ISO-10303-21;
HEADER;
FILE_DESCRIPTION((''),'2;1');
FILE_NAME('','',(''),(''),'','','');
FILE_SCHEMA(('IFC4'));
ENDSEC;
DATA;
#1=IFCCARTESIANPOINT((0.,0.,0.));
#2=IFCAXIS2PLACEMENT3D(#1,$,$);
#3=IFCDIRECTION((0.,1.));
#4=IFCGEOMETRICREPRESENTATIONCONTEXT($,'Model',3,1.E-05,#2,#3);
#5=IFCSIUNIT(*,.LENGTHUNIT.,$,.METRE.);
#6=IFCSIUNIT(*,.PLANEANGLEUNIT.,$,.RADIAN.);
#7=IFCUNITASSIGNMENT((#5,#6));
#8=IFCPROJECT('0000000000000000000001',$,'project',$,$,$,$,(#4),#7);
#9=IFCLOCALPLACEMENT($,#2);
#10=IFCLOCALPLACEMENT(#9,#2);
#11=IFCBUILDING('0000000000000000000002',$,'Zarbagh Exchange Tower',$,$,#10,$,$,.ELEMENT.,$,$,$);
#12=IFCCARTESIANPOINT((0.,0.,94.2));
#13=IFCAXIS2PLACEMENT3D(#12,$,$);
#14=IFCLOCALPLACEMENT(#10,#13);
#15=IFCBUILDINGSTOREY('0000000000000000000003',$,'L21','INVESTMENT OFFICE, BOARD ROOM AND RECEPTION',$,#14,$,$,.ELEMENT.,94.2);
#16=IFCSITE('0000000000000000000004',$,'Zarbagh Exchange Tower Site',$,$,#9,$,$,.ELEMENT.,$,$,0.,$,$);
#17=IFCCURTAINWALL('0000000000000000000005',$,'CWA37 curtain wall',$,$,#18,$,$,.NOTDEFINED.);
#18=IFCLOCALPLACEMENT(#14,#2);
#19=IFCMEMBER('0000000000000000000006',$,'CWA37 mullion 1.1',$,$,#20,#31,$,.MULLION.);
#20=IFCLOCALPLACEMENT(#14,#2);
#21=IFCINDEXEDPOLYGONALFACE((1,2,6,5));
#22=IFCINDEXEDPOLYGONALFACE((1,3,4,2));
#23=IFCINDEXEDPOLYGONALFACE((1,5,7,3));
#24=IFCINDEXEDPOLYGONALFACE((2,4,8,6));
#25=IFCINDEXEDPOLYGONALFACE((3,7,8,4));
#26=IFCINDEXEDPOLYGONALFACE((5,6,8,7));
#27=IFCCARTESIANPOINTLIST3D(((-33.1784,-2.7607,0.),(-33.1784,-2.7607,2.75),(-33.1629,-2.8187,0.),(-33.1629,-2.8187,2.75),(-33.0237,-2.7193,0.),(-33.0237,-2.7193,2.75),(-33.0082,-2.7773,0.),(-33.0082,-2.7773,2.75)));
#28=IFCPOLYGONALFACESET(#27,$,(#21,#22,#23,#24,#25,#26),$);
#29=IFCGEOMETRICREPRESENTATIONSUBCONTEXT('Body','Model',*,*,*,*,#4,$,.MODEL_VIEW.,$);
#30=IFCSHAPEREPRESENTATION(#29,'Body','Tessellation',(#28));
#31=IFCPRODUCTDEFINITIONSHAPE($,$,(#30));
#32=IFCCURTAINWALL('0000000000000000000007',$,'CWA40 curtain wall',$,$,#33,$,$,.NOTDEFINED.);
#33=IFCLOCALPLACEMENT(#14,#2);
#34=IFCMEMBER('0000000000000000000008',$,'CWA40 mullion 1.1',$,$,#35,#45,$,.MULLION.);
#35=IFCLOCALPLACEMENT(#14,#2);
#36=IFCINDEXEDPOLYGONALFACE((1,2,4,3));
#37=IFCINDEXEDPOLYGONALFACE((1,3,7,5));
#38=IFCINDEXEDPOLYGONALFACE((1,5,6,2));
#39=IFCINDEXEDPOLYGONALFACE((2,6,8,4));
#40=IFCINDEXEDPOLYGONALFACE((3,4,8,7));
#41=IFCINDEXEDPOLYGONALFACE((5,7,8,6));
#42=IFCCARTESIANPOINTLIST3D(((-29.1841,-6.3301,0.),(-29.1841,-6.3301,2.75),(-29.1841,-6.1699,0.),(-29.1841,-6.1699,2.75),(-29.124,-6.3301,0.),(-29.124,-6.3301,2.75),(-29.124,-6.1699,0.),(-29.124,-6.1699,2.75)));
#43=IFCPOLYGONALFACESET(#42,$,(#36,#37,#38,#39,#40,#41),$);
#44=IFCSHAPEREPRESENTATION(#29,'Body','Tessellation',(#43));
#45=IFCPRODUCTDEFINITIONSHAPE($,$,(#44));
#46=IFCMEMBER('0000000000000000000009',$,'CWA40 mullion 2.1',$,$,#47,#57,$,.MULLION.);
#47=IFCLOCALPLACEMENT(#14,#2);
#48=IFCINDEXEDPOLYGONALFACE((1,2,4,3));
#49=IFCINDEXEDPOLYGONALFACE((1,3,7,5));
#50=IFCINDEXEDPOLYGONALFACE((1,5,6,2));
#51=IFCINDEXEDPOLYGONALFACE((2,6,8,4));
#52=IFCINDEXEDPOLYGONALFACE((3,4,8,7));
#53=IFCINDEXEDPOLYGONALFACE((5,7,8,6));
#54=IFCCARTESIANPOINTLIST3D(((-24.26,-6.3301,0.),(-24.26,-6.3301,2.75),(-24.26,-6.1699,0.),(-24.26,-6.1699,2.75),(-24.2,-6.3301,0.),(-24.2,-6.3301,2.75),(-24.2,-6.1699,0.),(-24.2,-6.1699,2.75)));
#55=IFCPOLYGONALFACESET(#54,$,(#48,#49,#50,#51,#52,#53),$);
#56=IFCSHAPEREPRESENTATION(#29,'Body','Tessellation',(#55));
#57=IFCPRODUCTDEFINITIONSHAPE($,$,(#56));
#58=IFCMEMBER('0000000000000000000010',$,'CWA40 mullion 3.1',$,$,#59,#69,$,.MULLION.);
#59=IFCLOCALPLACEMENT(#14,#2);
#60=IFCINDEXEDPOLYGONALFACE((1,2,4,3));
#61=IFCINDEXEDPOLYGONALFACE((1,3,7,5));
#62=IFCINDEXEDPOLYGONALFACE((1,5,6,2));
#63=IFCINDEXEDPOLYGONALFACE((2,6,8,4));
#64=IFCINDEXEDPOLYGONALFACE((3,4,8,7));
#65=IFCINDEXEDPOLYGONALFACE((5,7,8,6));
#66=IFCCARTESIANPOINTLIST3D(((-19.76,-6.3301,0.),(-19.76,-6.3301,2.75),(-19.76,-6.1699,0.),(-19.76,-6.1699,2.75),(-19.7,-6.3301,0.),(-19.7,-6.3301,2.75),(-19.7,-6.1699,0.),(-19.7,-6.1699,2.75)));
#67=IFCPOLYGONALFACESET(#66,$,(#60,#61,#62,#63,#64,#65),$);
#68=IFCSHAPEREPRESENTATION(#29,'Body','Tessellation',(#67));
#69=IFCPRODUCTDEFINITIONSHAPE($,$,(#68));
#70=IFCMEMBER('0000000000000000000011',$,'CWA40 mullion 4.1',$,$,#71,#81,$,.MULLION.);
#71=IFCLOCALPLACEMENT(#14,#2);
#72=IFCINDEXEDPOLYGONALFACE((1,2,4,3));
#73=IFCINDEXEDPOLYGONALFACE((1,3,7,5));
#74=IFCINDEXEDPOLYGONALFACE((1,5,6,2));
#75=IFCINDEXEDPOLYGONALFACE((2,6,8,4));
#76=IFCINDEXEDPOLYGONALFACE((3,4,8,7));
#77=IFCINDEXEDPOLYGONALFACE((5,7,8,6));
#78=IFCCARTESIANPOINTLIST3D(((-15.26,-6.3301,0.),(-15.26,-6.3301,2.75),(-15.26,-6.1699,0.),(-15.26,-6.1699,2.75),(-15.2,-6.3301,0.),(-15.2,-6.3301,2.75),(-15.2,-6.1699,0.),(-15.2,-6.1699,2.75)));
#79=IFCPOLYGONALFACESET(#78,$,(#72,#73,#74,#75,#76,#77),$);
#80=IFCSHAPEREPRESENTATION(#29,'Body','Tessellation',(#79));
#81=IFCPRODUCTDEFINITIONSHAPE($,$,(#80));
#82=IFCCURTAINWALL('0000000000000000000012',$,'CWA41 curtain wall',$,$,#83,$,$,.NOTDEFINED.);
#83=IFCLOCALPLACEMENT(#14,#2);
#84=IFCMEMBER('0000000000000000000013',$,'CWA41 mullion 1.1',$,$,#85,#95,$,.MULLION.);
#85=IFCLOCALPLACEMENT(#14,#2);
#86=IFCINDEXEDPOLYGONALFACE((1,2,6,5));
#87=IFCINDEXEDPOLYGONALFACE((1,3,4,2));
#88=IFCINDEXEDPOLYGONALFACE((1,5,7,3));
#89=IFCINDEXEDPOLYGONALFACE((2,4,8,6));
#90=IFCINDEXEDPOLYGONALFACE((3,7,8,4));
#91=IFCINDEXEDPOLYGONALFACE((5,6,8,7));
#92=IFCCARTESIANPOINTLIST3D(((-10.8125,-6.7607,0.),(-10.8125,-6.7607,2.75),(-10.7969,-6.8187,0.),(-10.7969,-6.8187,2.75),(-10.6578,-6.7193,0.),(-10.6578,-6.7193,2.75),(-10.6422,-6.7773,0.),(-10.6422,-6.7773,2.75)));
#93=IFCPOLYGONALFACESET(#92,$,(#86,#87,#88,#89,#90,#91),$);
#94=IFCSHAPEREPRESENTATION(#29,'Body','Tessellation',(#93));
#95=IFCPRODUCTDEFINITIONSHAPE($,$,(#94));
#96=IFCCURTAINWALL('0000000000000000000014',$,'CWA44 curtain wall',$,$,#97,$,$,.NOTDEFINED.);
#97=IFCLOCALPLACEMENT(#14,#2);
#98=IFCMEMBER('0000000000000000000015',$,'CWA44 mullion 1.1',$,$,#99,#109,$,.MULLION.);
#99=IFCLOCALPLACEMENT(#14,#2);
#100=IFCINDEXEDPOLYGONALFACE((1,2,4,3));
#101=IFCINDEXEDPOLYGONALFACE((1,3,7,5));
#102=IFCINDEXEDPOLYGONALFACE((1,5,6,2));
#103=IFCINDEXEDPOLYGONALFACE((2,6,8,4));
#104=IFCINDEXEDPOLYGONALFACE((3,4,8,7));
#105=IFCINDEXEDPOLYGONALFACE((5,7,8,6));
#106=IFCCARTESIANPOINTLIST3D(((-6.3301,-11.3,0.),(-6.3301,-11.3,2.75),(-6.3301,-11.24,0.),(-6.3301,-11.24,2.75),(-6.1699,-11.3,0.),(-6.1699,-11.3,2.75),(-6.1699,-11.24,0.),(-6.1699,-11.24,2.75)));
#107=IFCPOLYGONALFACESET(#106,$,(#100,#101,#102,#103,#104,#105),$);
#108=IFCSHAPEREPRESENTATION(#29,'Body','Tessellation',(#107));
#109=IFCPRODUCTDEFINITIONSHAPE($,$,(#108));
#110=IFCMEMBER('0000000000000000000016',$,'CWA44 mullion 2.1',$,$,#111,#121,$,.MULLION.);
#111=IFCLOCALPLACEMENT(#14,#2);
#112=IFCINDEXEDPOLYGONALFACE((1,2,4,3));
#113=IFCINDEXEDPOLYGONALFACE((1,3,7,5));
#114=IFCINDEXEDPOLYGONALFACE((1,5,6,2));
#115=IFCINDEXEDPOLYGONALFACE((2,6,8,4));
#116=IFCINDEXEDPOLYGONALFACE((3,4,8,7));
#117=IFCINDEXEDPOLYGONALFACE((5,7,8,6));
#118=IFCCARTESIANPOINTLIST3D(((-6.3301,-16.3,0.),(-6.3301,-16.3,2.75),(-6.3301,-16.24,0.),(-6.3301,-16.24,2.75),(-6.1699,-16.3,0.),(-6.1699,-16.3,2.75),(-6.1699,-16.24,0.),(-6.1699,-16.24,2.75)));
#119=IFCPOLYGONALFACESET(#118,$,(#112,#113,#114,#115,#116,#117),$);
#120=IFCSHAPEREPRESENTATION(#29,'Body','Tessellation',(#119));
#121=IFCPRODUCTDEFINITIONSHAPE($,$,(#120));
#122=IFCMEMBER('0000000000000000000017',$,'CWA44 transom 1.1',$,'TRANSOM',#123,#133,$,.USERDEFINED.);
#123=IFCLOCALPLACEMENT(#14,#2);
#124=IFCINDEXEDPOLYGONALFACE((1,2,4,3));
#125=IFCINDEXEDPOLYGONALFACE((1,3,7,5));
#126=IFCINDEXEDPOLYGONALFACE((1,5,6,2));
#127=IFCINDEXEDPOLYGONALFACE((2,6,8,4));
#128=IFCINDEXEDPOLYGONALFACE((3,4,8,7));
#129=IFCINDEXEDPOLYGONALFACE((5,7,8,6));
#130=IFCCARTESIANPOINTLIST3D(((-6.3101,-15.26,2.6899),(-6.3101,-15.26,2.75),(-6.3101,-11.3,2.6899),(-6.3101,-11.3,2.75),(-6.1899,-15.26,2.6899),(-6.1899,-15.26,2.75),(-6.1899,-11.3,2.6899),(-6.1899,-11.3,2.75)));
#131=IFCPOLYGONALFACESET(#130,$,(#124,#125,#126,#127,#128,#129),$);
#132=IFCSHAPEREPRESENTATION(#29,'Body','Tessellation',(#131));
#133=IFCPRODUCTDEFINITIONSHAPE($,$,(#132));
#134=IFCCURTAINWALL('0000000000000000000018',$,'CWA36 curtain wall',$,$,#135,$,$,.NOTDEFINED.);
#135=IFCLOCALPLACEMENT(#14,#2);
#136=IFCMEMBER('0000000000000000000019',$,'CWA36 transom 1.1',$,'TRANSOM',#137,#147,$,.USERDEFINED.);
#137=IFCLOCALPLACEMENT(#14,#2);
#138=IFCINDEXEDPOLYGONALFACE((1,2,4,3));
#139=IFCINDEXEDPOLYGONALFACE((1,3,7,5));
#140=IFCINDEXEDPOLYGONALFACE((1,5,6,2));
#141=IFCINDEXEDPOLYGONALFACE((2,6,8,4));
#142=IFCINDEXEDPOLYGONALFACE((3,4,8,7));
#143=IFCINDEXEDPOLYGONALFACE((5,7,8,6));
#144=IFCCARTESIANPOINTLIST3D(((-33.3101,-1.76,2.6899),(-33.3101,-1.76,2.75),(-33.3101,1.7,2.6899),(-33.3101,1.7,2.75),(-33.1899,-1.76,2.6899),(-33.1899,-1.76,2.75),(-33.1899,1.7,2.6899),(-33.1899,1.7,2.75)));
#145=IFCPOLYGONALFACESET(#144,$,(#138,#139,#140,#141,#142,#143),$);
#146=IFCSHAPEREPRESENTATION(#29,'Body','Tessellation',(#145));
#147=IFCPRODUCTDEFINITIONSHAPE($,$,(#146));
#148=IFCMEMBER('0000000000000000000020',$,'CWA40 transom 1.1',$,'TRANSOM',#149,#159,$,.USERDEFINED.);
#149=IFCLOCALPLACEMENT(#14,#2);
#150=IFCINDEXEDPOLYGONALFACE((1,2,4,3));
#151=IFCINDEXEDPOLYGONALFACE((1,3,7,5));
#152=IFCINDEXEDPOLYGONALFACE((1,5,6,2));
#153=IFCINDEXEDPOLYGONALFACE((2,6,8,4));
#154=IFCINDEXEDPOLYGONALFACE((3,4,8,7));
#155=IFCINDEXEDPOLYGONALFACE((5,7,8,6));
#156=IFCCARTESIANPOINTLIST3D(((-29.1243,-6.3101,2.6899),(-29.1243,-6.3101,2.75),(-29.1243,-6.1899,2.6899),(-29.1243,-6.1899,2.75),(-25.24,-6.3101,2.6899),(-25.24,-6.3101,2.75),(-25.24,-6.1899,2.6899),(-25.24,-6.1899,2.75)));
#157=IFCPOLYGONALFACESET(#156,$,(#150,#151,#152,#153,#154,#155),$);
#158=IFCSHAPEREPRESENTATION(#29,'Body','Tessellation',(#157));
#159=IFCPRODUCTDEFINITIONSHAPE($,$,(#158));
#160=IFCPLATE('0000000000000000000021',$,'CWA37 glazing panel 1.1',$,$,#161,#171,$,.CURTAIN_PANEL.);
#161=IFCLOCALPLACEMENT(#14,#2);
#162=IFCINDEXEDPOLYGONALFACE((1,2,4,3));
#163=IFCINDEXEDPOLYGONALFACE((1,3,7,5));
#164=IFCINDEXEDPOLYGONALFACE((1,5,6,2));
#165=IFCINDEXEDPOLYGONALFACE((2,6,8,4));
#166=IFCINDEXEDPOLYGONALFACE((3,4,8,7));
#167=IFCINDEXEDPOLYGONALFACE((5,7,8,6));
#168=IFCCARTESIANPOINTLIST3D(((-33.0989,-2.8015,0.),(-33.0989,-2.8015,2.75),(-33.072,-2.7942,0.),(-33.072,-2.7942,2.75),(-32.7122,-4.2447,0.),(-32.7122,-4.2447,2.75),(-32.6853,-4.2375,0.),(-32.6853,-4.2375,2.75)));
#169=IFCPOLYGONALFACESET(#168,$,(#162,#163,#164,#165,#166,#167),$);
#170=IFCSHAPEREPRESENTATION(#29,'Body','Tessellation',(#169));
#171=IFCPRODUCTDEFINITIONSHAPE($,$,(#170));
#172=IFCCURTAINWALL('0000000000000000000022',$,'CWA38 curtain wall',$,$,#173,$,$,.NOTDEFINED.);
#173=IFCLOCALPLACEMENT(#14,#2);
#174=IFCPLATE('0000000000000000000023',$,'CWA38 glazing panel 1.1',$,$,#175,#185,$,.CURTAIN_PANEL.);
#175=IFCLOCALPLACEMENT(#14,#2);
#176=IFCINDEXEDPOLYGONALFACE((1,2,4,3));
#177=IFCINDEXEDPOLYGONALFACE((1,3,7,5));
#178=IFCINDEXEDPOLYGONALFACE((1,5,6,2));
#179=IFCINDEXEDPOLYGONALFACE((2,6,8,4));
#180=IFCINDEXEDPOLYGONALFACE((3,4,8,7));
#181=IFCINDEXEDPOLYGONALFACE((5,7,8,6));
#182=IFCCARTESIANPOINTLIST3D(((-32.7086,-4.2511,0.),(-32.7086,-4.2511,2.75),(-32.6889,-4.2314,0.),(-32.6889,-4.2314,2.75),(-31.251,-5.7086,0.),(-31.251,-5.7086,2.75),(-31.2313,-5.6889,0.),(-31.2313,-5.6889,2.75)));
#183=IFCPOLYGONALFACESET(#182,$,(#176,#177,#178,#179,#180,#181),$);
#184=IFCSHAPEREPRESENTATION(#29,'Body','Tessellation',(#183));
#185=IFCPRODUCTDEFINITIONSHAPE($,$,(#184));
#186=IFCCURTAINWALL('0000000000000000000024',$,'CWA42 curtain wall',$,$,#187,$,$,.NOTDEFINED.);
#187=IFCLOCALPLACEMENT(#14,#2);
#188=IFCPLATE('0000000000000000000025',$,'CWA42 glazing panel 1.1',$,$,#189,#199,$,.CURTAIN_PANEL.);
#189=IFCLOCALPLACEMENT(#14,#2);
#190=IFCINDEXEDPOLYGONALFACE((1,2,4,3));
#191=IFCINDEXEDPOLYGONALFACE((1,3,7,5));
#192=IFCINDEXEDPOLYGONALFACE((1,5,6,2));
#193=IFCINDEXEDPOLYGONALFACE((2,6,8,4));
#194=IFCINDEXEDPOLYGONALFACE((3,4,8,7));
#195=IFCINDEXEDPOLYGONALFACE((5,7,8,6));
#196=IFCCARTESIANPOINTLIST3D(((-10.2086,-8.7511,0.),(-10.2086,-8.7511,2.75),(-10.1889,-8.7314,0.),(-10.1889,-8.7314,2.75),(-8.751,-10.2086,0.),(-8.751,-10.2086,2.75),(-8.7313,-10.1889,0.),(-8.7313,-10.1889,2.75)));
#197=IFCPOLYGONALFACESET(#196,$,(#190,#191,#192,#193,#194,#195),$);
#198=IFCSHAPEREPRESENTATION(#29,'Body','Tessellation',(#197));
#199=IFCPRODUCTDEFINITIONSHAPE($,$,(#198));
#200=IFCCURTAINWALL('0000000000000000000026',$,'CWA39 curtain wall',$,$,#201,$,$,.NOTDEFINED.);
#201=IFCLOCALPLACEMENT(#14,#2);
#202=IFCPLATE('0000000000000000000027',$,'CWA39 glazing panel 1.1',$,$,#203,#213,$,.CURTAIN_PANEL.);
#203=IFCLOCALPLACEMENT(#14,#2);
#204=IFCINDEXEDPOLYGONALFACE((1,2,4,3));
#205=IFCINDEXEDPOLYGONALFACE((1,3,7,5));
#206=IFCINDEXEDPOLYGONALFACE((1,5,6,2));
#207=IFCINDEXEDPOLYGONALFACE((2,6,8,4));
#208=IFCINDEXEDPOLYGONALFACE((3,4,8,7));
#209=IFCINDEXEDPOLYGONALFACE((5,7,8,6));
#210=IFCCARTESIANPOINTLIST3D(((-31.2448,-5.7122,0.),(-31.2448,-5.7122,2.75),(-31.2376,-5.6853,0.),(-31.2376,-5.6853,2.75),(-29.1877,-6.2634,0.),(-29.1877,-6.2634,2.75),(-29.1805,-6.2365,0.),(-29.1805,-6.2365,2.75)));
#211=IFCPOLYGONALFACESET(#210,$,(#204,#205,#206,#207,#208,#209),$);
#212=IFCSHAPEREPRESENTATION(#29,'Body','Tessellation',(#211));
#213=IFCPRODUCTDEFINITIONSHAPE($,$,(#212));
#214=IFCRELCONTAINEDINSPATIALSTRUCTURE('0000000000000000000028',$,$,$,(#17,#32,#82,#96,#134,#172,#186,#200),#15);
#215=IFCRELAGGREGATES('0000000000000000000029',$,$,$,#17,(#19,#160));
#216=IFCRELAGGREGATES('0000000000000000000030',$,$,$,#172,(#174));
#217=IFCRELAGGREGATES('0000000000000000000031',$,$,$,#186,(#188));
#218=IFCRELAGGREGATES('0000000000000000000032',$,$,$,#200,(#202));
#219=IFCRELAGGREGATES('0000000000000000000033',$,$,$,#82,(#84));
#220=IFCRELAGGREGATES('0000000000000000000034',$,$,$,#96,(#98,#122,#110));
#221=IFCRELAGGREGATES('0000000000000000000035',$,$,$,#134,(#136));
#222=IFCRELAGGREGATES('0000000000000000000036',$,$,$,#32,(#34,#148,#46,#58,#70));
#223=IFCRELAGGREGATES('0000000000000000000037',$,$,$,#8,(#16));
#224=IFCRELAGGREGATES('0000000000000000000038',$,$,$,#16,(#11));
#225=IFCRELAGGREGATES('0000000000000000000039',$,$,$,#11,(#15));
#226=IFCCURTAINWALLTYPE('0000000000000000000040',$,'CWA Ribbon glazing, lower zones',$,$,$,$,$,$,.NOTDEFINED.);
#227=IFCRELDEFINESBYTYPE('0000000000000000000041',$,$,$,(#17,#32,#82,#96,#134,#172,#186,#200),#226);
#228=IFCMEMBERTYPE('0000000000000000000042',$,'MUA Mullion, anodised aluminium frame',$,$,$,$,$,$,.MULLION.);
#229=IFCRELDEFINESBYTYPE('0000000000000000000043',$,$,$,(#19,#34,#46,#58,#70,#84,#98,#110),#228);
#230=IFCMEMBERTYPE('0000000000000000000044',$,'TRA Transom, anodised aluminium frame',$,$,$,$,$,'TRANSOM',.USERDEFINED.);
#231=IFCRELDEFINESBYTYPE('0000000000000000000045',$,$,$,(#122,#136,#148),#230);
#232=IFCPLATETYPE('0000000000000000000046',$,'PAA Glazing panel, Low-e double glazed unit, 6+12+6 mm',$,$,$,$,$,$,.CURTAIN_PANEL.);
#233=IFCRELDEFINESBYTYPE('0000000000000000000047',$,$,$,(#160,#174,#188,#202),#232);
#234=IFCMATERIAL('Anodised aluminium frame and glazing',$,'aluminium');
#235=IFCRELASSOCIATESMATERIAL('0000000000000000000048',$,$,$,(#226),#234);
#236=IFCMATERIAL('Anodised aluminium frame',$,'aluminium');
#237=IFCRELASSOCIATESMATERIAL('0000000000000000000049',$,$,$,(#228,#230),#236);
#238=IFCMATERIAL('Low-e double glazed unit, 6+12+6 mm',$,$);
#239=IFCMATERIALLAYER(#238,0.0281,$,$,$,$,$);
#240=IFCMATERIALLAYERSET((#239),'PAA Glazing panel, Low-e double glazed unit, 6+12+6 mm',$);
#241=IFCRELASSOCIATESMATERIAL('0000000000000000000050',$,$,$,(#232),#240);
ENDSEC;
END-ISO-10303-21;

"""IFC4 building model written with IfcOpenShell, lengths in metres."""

from ifc_helpers import new_model, si_unit, direction, frame, origin, place, context, subcontext, project, spatial, polyline, outline, extrude, source, transform, mapped, material, layer, layer_set, type_object, element, aggregate, save


model = new_model("IFC4")

# Units and contexts
model_context = context("Model", 3, precision=1e-05, world=origin(), true_north=direction((0.0, 1.0)))
body_context = subcontext(model_context, "Body", "Model", "MODEL_VIEW")
ifc_project = project(units=[si_unit("LENGTHUNIT", "METRE"), si_unit("PLANEANGLEUNIT", "RADIAN")], contexts=[model_context])

# Site, building, storey
site_placement = place(None, origin())
site = spatial("IfcSite", under=ifc_project, at=site_placement, Name="Zarbagh Exchange Tower Site", CompositionType="ELEMENT", RefElevation=0.0)
building_placement = place(site_placement, origin())
building = spatial("IfcBuilding", under=site, at=building_placement, Name="Zarbagh Exchange Tower", CompositionType="ELEMENT")
storey_placement = place(building_placement, frame((0.0, 0.0, 94.2)))
storey = spatial("IfcBuildingStorey", under=building, at=storey_placement, Name="L21", Description="INVESTMENT OFFICE, BOARD ROOM AND RECEPTION", CompositionType="ELEMENT", Elevation=94.2)

# Curtain wall, member
ifc_material_1 = material(Name="Anodised aluminium frame and glazing", Category="aluminium")
curtain_wall_type = type_object("IfcCurtainWallType", Name="CWA Ribbon glazing, lower zones", PredefinedType="NOTDEFINED", material=ifc_material_1)
curtain_wall_1_placement = place(storey_placement, origin())
curtain_wall_1 = element("IfcCurtainWall", 1, at=curtain_wall_1_placement, inside=storey, type_object=curtain_wall_type, Name="CWA37 curtain wall", PredefinedType="NOTDEFINED")
ifc_material_2 = material(Name="Anodised aluminium frame", Category="aluminium")
member_type_1 = type_object("IfcMemberType", Name="MUA Mullion, anodised aluminium frame", PredefinedType="MULLION", material=ifc_material_2)
shared_shape_1 = source(origin(), body_context, "Body", "SweptSolid", [
    extrude(outline(polyline([(0.0, -0.0801), (0.0601, -0.0801), (0.0601, 0.0801), (0.0, 0.0801), (0.0, -0.0801)])), origin(), (0.0, 0.0, 1.0), 2.75),
])
placement = place(storey_placement, origin())
member_1 = element("IfcMember", 2, at=placement, type_object=member_type_1, Name="CWA37 mullion 1.1", PredefinedType="MULLION", context=body_context, shape_type="MappedRepresentation", body=[
    mapped(shared_shape_1, transform((-33.1011, -2.74, 0.0), x_axis=(0.258825, -0.965924, 0.0), y_axis=(0.965924, 0.258825, 0.0), z_axis=(0.0, 0.0, 1.0))),
])

# Curtain wall, members
curtain_wall_2_placement = place(storey_placement, origin())
curtain_wall_2 = element("IfcCurtainWall", 3, at=curtain_wall_2_placement, inside=storey, type_object=curtain_wall_type, Name="CWA40 curtain wall", PredefinedType="NOTDEFINED")
member_2 = element("IfcMember", 4, at=placement, type_object=member_type_1, Name="CWA40 mullion 1.1", PredefinedType="MULLION", context=body_context, shape_type="MappedRepresentation", body=[
    mapped(shared_shape_1, transform((-29.1841, -6.25, 0.0), x_axis=(1.0, 0.0, 0.0), y_axis=(0.0, 1.0, 0.0), z_axis=(0.0, 0.0, 1.0))),
])
member_3 = element("IfcMember", 5, at=placement, type_object=member_type_1, Name="CWA40 mullion 2.1", PredefinedType="MULLION", context=body_context, shape_type="MappedRepresentation", body=[
    mapped(shared_shape_1, transform((-24.26, -6.25, 0.0), x_axis=(1.0, 0.0, 0.0), y_axis=(0.0, 1.0, 0.0), z_axis=(0.0, 0.0, 1.0))),
])
member_4 = element("IfcMember", 6, at=placement, type_object=member_type_1, Name="CWA40 mullion 3.1", PredefinedType="MULLION", context=body_context, shape_type="MappedRepresentation", body=[
    mapped(shared_shape_1, transform((-19.76, -6.25, 0.0), x_axis=(1.0, 0.0, 0.0), y_axis=(0.0, 1.0, 0.0), z_axis=(0.0, 0.0, 1.0))),
])
member_5 = element("IfcMember", 7, at=placement, type_object=member_type_1, Name="CWA40 mullion 4.1", PredefinedType="MULLION", context=body_context, shape_type="MappedRepresentation", body=[
    mapped(shared_shape_1, transform((-15.26, -6.25, 0.0), x_axis=(1.0, 0.0, 0.0), y_axis=(0.0, 1.0, 0.0), z_axis=(0.0, 0.0, 1.0))),
])

# Curtain wall, member
curtain_wall_3_placement = place(storey_placement, origin())
curtain_wall_3 = element("IfcCurtainWall", 8, at=curtain_wall_3_placement, inside=storey, type_object=curtain_wall_type, Name="CWA41 curtain wall", PredefinedType="NOTDEFINED")
member_6 = element("IfcMember", 9, at=placement, type_object=member_type_1, Name="CWA41 mullion 1.1", PredefinedType="MULLION", context=body_context, shape_type="MappedRepresentation", body=[
    mapped(shared_shape_1, transform((-10.7351, -6.74, 0.0), x_axis=(0.258825, -0.965924, 0.0), y_axis=(0.965924, 0.258825, 0.0), z_axis=(0.0, 0.0, 1.0))),
])

# Curtain wall, members
curtain_wall_4_placement = place(storey_placement, origin())
curtain_wall_4 = element("IfcCurtainWall", 10, at=curtain_wall_4_placement, inside=storey, type_object=curtain_wall_type, Name="CWA44 curtain wall", PredefinedType="NOTDEFINED")
member_7 = element("IfcMember", 11, at=placement, type_object=member_type_1, Name="CWA44 mullion 1.1", PredefinedType="MULLION", context=body_context, shape_type="MappedRepresentation", body=[
    mapped(shared_shape_1, transform((-6.25, -11.24, 0.0), x_axis=(0.0, -1.0, 0.0), y_axis=(1.0, 0.0, 0.0), z_axis=(0.0, 0.0, 1.0))),
])
member_8 = element("IfcMember", 12, at=placement, type_object=member_type_1, Name="CWA44 mullion 2.1", PredefinedType="MULLION", context=body_context, shape_type="MappedRepresentation", body=[
    mapped(shared_shape_1, transform((-6.25, -16.24, 0.0), x_axis=(0.0, -1.0, 0.0), y_axis=(1.0, 0.0, 0.0), z_axis=(0.0, 0.0, 1.0))),
])
member_type_2 = type_object("IfcMemberType", Name="TRA Transom, anodised aluminium frame", ElementType="TRANSOM", PredefinedType="USERDEFINED", material=ifc_material_2)
shared_shape_2 = source(origin(), body_context, "Body", "SweptSolid", [
    extrude(outline(polyline([(-0.0601, -0.0601), (0.0, -0.0601), (0.0, 0.0601), (-0.0601, 0.0601), (-0.0601, -0.0601)])), origin(), (0.0, 0.0, 1.0), 3.96),
])
member_9 = element("IfcMember", 13, at=placement, type_object=member_type_2, Name="CWA44 transom 1.1", ObjectType="TRANSOM", PredefinedType="USERDEFINED", context=body_context, shape_type="MappedRepresentation", body=[
    mapped(shared_shape_2, transform((-6.25, -11.3, 2.75), x_axis=(0.0, 0.0, 1.0), y_axis=(-1.0, 0.0, 0.0), z_axis=(0.0, -1.0, 0.0))),
])

# Curtain wall, member
curtain_wall_5_placement = place(storey_placement, origin())
curtain_wall_5 = element("IfcCurtainWall", 14, at=curtain_wall_5_placement, inside=storey, type_object=curtain_wall_type, Name="CWA36 curtain wall", PredefinedType="NOTDEFINED")
shared_shape_3 = source(origin(), body_context, "Body", "SweptSolid", [
    extrude(outline(polyline([(-0.0601, -0.0601), (0.0, -0.0601), (0.0, 0.0601), (-0.0601, 0.0601), (-0.0601, -0.0601)])), origin(), (0.0, 0.0, 1.0), 3.46),
])
member_10 = element("IfcMember", 15, at=placement, type_object=member_type_2, Name="CWA36 transom 1.1", ObjectType="TRANSOM", PredefinedType="USERDEFINED", context=body_context, shape_type="MappedRepresentation", body=[
    mapped(shared_shape_3, transform((-33.25, 1.7, 2.75), x_axis=(0.0, 0.0, 1.0), y_axis=(-1.0, 0.0, 0.0), z_axis=(0.0, -1.0, 0.0))),
])

# Member
shared_shape_4 = source(origin(), body_context, "Body", "SweptSolid", [
    extrude(outline(polyline([(-0.0601, -0.0601), (0.0, -0.0601), (0.0, 0.0601), (-0.0601, 0.0601), (-0.0601, -0.0601)])), origin(), (0.0, 0.0, 1.0), 3.8843),
])
member_11 = element("IfcMember", 16, at=placement, type_object=member_type_2, Name="CWA40 transom 1.1", ObjectType="TRANSOM", PredefinedType="USERDEFINED", context=body_context, shape_type="MappedRepresentation", body=[
    mapped(shared_shape_4, transform((-29.1243, -6.25, 2.75), x_axis=(0.0, 0.0, 1.0), y_axis=(0.0, -1.0, 0.0), z_axis=(1.0, 0.0, 0.0))),
])

# Plate
ifc_material_3 = material(Name="Low-e double glazed unit, 6+12+6 mm")
ifc_layer = layer(ifc_material_3, 0.0281)
ifc_layer_set = layer_set([ifc_layer], Name="PAA Glazing panel, Low-e double glazed unit, 6+12+6 mm")
plate_type = type_object("IfcPlateType", Name="PAA Glazing panel, Low-e double glazed unit, 6+12+6 mm", PredefinedType="CURTAIN_PANEL", material=ifc_layer_set)
shared_shape_5 = source(origin(), body_context, "Body", "SweptSolid", [
    extrude(outline(polyline([(0.0, -0.0139), (1.4941, -0.0139), (1.4941, 0.0139), (0.0, 0.0139), (0.0, -0.0139)])), origin(), (0.0, 0.0, 1.0), 2.75),
])
plate_1 = element("IfcPlate", 17, at=placement, type_object=plate_type, Name="CWA37 glazing panel 1.1", PredefinedType="CURTAIN_PANEL", context=body_context, shape_type="MappedRepresentation", body=[
    mapped(shared_shape_5, transform((-33.0854, -2.7979, 0.0), x_axis=(0.258825, -0.965924, 0.0), y_axis=(0.965924, 0.258825, 0.0), z_axis=(0.0, 0.0, 1.0))),
])
aggregate(curtain_wall_1, [member_1, plate_1])

# Curtain walls, plates
curtain_wall_6_placement = place(storey_placement, origin())
curtain_wall_6 = element("IfcCurtainWall", 18, at=curtain_wall_6_placement, inside=storey, type_object=curtain_wall_type, Name="CWA38 curtain wall", PredefinedType="NOTDEFINED")
shared_shape_6 = source(origin(), body_context, "Body", "SweptSolid", [
    extrude(outline(polyline([(0.0, -0.0139), (2.0613, -0.0139), (2.0613, 0.0139), (0.0, 0.0139), (0.0, -0.0139)])), origin(), (0.0, 0.0, 1.0), 2.75),
])
plate_2 = element("IfcPlate", 19, at=placement, type_object=plate_type, Name="CWA38 glazing panel 1.1", PredefinedType="CURTAIN_PANEL", context=body_context, shape_type="MappedRepresentation", body=[
    mapped(shared_shape_6, transform((-32.6987, -4.2412, 0.0), x_axis=(0.707107, -0.707107, 0.0), y_axis=(0.707107, 0.707107, 0.0), z_axis=(0.0, 0.0, 1.0))),
])
aggregate(curtain_wall_6, [plate_2])
curtain_wall_7_placement = place(storey_placement, origin())
curtain_wall_7 = element("IfcCurtainWall", 20, at=curtain_wall_7_placement, inside=storey, type_object=curtain_wall_type, Name="CWA42 curtain wall", PredefinedType="NOTDEFINED")
plate_3 = element("IfcPlate", 21, at=placement, type_object=plate_type, Name="CWA42 glazing panel 1.1", PredefinedType="CURTAIN_PANEL", context=body_context, shape_type="MappedRepresentation", body=[
    mapped(shared_shape_6, transform((-10.1987, -8.7412, 0.0), x_axis=(0.707107, -0.707107, 0.0), y_axis=(0.707107, 0.707107, 0.0), z_axis=(0.0, 0.0, 1.0))),
])
aggregate(curtain_wall_7, [plate_3])
curtain_wall_8_placement = place(storey_placement, origin())
curtain_wall_8 = element("IfcCurtainWall", 22, at=curtain_wall_8_placement, inside=storey, type_object=curtain_wall_type, Name="CWA39 curtain wall", PredefinedType="NOTDEFINED")
shared_shape_7 = source(origin(), body_context, "Body", "SweptSolid", [
    extrude(outline(polyline([(0.0, -0.0139), (2.1296, -0.0139), (2.1296, 0.0139), (0.0, 0.0139), (0.0, -0.0139)])), origin(), (0.0, 0.0, 1.0), 2.75),
])
plate_4 = element("IfcPlate", 23, at=placement, type_object=plate_type, Name="CWA39 glazing panel 1.1", PredefinedType="CURTAIN_PANEL", context=body_context, shape_type="MappedRepresentation", body=[
    mapped(shared_shape_7, transform((-31.2412, -5.6987, 0.0), x_axis=(0.965924, -0.258825, 0.0), y_axis=(0.258825, 0.965924, 0.0), z_axis=(0.0, 0.0, 1.0))),
])
aggregate(curtain_wall_8, [plate_4])

aggregate(curtain_wall_3, [member_6])

aggregate(curtain_wall_4, [member_7, member_9, member_8])
aggregate(curtain_wall_5, [member_10])
aggregate(curtain_wall_2, [member_2, member_11, member_3, member_4, member_5])

save(model, "model.ifc")
